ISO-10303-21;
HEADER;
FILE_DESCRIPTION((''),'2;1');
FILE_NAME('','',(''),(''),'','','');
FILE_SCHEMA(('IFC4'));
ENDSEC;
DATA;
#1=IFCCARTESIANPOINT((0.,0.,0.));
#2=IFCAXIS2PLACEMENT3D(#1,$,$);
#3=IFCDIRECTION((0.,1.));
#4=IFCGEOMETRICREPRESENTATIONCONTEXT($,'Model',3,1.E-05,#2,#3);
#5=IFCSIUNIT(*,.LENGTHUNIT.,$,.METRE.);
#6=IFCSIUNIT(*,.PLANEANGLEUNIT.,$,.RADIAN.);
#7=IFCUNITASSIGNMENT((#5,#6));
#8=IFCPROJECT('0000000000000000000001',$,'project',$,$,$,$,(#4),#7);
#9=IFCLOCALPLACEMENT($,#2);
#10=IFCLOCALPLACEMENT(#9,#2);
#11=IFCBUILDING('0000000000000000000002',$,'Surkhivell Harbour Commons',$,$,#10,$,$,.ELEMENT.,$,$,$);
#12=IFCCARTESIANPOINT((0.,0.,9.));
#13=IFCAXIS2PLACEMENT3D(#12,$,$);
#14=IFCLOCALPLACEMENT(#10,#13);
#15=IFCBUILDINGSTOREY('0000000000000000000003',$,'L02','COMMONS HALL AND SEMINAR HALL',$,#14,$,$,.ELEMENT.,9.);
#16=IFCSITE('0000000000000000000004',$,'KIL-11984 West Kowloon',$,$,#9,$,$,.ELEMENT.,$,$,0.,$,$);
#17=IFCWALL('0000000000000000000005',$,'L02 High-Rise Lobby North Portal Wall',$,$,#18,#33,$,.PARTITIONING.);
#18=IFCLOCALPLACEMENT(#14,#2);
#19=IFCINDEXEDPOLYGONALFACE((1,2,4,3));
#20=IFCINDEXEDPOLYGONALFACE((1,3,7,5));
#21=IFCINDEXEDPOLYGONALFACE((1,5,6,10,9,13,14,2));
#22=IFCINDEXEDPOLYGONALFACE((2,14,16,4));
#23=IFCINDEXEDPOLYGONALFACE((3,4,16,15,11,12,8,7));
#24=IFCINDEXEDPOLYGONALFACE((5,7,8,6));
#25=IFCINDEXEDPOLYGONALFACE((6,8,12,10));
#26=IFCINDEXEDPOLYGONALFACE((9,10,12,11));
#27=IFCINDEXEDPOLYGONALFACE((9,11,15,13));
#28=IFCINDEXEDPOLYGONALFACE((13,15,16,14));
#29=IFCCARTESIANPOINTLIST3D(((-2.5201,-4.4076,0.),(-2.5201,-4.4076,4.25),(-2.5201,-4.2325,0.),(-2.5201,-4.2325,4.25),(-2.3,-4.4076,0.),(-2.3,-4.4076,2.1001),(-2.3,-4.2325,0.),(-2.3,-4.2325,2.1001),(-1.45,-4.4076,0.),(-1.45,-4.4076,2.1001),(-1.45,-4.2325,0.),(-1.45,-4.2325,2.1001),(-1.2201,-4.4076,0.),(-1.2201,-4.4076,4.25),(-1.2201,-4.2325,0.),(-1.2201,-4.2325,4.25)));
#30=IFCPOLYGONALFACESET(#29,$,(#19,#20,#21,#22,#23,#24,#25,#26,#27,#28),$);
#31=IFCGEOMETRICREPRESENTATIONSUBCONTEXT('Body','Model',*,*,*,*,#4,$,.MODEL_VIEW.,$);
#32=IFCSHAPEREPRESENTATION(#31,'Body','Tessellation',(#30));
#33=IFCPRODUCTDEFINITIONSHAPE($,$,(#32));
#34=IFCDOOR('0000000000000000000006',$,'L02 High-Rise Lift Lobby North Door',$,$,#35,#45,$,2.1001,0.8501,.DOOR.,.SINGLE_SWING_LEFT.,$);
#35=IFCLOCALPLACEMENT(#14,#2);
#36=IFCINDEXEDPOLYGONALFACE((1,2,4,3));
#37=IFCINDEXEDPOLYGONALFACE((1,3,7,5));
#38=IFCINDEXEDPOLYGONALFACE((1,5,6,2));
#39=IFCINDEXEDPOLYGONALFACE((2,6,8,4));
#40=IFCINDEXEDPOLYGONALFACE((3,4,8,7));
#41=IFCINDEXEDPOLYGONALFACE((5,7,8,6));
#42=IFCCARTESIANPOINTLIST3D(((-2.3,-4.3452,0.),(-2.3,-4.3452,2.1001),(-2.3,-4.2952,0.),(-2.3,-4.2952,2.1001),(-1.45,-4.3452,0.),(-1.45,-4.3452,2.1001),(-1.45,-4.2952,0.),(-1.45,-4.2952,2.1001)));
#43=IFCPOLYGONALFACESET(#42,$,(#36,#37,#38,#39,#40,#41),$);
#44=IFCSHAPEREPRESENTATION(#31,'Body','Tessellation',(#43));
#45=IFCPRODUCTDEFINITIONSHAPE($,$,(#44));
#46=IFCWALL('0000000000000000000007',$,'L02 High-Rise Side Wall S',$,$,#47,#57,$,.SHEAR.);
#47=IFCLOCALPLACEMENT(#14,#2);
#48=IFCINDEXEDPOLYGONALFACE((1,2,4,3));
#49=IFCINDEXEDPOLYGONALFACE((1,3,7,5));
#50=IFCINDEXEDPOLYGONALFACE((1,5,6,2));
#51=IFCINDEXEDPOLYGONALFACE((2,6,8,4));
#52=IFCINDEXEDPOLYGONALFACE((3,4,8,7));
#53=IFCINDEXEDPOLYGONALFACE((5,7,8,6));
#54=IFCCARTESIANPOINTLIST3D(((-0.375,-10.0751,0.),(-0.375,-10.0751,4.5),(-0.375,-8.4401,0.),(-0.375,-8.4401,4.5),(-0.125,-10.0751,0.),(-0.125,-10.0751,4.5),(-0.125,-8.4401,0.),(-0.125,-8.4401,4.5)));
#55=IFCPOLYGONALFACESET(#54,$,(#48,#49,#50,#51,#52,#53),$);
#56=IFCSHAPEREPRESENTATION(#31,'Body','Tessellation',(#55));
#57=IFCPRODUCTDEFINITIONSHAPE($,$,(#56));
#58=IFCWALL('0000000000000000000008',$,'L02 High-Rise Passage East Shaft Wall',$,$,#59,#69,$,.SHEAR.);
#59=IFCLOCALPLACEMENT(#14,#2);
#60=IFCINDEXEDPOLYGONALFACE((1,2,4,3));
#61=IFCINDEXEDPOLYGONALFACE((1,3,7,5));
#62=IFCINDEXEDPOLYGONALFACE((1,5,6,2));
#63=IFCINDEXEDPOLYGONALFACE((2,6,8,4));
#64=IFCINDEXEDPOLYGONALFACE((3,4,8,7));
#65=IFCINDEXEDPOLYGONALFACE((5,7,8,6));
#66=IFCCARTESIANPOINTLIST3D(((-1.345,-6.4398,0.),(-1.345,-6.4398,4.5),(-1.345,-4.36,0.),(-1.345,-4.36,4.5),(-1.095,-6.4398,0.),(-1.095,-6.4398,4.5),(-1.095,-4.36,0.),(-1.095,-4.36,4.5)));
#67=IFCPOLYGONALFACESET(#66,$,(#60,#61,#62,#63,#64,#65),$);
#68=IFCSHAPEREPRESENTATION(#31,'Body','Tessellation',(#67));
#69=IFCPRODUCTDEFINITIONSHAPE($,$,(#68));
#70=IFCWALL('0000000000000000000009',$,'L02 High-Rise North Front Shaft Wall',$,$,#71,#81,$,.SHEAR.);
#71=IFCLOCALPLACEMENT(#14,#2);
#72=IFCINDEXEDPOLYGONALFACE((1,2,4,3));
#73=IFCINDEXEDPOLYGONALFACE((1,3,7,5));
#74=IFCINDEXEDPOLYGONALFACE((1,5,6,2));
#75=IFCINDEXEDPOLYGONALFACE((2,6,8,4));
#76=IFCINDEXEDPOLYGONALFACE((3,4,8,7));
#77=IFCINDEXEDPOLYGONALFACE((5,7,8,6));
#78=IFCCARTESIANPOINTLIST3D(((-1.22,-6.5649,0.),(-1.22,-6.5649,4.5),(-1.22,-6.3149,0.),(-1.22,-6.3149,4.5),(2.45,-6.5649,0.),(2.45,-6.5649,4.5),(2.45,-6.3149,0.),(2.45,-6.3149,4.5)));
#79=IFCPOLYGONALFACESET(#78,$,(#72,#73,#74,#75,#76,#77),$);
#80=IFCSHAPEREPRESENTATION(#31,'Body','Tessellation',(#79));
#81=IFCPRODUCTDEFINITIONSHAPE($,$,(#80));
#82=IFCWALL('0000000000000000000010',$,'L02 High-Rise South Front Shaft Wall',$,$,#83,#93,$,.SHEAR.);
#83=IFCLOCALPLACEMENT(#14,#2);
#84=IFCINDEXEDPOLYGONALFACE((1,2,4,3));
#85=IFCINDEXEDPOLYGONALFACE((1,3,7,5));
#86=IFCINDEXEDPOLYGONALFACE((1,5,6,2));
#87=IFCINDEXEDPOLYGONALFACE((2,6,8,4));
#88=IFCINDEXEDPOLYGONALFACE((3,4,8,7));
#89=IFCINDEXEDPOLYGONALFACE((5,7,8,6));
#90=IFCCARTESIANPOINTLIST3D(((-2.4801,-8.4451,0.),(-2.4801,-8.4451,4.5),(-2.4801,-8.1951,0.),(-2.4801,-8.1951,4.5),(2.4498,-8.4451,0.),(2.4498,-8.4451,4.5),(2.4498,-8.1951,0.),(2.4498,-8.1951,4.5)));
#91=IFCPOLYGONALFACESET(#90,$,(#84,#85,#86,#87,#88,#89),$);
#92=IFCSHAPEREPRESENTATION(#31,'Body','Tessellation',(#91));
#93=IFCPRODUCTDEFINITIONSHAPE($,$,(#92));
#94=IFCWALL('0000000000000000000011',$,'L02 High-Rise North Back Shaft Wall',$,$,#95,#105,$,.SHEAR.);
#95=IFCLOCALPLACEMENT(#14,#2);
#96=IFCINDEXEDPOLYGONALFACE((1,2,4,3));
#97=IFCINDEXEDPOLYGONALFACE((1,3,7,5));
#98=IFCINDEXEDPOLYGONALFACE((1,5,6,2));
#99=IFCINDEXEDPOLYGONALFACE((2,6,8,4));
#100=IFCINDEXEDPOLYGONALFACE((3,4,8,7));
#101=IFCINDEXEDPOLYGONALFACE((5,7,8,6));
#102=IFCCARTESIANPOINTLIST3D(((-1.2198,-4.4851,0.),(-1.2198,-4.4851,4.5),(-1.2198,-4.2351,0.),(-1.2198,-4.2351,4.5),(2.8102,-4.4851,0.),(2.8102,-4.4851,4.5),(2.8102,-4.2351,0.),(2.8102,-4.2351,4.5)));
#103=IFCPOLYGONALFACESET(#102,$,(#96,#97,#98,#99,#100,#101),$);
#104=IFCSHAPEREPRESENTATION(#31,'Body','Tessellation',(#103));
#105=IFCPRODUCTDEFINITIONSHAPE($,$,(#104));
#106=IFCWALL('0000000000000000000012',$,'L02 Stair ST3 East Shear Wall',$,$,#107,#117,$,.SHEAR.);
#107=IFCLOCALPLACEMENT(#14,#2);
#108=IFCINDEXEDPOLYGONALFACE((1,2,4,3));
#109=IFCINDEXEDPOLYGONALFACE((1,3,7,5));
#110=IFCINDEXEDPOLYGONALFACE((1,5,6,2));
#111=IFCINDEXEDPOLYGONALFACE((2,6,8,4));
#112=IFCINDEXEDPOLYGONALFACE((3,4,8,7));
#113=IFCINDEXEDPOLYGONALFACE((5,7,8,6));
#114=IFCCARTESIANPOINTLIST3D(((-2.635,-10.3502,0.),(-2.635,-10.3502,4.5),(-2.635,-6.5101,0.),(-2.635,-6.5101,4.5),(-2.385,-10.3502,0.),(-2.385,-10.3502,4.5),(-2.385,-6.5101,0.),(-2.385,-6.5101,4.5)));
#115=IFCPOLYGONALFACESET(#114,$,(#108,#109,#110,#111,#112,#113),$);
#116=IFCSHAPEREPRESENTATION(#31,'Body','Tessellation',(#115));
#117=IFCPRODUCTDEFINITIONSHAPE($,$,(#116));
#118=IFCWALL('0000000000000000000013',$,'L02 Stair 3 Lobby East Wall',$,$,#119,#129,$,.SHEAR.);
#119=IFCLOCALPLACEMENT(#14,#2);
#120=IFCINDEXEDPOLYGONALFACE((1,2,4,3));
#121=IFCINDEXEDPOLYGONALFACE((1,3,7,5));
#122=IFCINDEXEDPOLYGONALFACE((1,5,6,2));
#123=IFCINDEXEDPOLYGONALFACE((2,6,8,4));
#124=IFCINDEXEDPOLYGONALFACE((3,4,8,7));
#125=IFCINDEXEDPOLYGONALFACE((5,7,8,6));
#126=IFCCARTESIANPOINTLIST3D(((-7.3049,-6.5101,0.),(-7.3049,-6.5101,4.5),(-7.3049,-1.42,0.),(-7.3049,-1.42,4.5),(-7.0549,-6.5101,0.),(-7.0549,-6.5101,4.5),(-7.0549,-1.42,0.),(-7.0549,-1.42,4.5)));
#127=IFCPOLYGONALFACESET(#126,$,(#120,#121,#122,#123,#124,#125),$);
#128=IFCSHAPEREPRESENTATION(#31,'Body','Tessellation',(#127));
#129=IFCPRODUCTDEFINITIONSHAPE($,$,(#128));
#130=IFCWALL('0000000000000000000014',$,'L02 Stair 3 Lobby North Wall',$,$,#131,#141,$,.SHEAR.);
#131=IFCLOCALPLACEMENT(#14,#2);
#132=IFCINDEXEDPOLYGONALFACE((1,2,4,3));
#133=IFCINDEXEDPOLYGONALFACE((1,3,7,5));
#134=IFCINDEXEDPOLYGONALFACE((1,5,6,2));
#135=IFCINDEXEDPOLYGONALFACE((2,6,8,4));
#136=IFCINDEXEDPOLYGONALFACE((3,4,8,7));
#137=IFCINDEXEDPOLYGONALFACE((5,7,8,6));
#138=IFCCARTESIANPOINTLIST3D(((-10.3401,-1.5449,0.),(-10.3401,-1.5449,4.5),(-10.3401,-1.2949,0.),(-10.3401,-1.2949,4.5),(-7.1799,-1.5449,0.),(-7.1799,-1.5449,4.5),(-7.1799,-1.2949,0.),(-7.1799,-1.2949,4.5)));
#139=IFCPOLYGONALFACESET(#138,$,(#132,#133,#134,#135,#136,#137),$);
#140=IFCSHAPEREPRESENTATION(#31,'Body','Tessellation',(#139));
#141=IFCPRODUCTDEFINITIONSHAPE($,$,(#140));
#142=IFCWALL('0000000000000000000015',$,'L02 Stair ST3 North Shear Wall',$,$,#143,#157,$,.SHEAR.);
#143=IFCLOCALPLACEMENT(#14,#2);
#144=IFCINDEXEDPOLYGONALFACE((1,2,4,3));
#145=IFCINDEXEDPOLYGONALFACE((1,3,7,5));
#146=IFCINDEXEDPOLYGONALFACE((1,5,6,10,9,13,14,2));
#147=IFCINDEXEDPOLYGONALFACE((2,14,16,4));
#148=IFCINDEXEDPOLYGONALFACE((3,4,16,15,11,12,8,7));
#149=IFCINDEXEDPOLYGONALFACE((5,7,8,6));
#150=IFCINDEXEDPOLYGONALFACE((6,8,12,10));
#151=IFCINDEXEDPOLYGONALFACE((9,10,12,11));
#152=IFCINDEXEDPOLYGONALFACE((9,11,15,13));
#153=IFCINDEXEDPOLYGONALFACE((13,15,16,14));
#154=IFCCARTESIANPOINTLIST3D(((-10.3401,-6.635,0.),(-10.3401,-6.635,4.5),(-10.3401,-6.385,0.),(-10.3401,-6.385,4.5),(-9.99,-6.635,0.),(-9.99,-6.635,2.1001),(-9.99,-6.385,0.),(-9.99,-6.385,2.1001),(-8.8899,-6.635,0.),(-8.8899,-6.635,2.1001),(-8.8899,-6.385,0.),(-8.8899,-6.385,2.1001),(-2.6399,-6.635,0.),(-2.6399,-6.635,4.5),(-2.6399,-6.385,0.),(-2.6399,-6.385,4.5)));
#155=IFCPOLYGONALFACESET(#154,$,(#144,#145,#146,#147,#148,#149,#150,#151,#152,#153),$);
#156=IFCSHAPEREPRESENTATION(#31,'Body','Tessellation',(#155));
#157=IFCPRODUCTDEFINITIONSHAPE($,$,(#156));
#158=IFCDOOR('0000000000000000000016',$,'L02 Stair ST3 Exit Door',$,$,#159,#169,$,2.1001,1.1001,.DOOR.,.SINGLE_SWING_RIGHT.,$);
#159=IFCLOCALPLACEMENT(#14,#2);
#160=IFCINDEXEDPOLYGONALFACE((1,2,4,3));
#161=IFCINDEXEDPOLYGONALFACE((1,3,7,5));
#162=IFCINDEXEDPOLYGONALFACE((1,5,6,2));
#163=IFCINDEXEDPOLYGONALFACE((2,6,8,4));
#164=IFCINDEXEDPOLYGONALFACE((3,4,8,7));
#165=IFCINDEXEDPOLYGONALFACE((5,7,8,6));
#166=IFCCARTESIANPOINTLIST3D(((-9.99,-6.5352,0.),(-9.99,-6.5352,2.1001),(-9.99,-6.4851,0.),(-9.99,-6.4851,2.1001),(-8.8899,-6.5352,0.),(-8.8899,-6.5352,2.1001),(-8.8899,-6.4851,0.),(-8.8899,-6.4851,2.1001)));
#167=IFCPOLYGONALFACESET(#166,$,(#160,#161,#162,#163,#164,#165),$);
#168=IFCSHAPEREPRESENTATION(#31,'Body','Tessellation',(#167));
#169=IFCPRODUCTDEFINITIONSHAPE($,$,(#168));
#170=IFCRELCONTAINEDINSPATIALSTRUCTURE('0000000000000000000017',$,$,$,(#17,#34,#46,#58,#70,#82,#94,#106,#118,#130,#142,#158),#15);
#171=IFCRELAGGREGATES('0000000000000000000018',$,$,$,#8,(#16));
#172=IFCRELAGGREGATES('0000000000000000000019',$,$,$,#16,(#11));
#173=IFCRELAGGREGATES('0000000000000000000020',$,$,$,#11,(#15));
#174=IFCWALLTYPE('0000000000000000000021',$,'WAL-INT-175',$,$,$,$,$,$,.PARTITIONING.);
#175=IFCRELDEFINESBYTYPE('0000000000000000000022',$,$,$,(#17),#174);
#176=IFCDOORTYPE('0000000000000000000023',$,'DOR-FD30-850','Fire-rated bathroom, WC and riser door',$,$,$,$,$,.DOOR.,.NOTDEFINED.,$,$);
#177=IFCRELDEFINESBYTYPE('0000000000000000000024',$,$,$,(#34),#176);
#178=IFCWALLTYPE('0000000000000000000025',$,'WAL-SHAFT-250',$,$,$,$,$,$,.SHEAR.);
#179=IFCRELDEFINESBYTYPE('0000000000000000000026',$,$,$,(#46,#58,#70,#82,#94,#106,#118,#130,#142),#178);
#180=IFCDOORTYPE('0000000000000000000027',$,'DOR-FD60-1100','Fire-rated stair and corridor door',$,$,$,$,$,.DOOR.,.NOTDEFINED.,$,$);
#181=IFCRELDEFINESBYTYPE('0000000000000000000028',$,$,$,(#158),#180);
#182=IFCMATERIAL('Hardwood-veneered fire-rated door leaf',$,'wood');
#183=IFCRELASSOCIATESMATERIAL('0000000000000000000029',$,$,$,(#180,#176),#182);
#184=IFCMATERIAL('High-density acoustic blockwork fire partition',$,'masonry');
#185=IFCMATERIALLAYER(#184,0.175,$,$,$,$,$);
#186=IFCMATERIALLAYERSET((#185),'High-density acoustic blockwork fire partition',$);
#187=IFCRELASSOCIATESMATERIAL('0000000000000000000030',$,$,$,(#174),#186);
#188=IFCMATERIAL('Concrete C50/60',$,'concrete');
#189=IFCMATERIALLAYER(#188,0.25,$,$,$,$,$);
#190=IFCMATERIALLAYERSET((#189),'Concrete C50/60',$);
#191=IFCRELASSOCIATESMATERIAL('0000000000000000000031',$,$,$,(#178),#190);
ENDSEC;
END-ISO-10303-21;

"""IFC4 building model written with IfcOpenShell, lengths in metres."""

from ifc_helpers import new_model, si_unit, direction, frame, frame_2d, origin, place, context, subcontext, project, spatial, rectangle, extrude, material, layer, layer_set, type_object, element, fill, save


model = new_model("IFC4")

# Units and contexts
model_context = context("Model", 3, precision=1e-05, world=origin(), true_north=direction((0.0, 1.0)))
body_context = subcontext(model_context, "Body", "Model", "MODEL_VIEW")
ifc_project = project(units=[si_unit("LENGTHUNIT", "METRE"), si_unit("PLANEANGLEUNIT", "RADIAN")], contexts=[model_context])

# Site, building, storey
site_placement = place(None, origin())
site = spatial("IfcSite", under=ifc_project, at=site_placement, Name="KIL-11984 West Kowloon", CompositionType="ELEMENT", RefElevation=0.0)
building_placement = place(site_placement, origin())
building = spatial("IfcBuilding", under=site, at=building_placement, Name="Surkhivell Harbour Commons", CompositionType="ELEMENT")
storey_placement = place(building_placement, frame((0.0, 0.0, 9.0)))
storey = spatial("IfcBuildingStorey", under=building, at=storey_placement, Name="L02", Description="COMMONS HALL AND SEMINAR HALL", CompositionType="ELEMENT", Elevation=9.0)

# Shared definitions
ifc_material_1 = material(Name="Hardwood-veneered fire-rated door leaf", Category="wood")
door_type_1 = type_object("IfcDoorType", Name="DOR-FD60-1100", Description="Fire-rated stair and corridor door", OperationType="NOTDEFINED", PredefinedType="DOOR", material=ifc_material_1)
door_type_2 = type_object("IfcDoorType", Name="DOR-FD30-850", Description="Fire-rated bathroom, WC and riser door", OperationType="NOTDEFINED", PredefinedType="DOOR", material=ifc_material_1)
ifc_material_2 = material(Name="High-density acoustic blockwork fire partition", Category="masonry")
ifc_layer_1 = layer(ifc_material_2, 0.175)
ifc_layer_set_1 = layer_set([ifc_layer_1], Name="High-density acoustic blockwork fire partition")
wall_type_1 = type_object("IfcWallType", Name="WAL-INT-175", PredefinedType="PARTITIONING", material=ifc_layer_set_1)

# Wall, opening, door
wall_1_placement = place(storey_placement, frame((-2.52, -4.3201, 0.0), z_axis=(0.0, 0.0, 1.0), x_axis=(1.0, 0.0, 0.0)))
wall_1 = element("IfcWall", 1, at=wall_1_placement, inside=storey, type_object=wall_type_1, Name="L02 High-Rise Lobby North Portal Wall", PredefinedType="PARTITIONING", context=body_context, shape_type="SweptSolid", body=[
    extrude(rectangle(XDim=1.3, YDim=0.175, at=frame_2d((0.6499, 0.0))), origin(), (0.0, 0.0, 1.0), 4.25),
])
opening_1_placement = place(wall_1_placement, frame((0.22, 0.0, 0.0)))
opening_1 = element("IfcOpeningElement", 2, at=opening_1_placement, cuts=wall_1, PredefinedType="OPENING", context=body_context, shape_type="SweptSolid", body=[
    extrude(rectangle(XDim=0.8501, YDim=2.1001, at=frame_2d((0.425, 1.05))), frame((0.0, 0.0974, 0.0), z_axis=(0.0, -1.0, 0.0), x_axis=(1.0, 0.0, 0.0)), (0.0, 0.0, 1.0), 0.1951),
])
door_1_placement = place(opening_1_placement, origin())
door_1 = element("IfcDoor", 3, at=door_1_placement, inside=storey, type_object=door_type_2, Name="L02 High-Rise Lift Lobby North Door", OperationType="SINGLE_SWING_LEFT", OverallHeight=2.1001, OverallWidth=0.8501, PredefinedType="DOOR", context=body_context, shape_type="SweptSolid", body=[
    extrude(rectangle(XDim=0.8501, YDim=2.1001, at=frame_2d((0.425, 1.05))), frame((0.0, 0.0249, 0.0), z_axis=(0.0, -1.0, 0.0), x_axis=(1.0, 0.0, 0.0)), (0.0, 0.0, 1.0), 0.05),
])
fill(opening_1, door_1)

# Walls
ifc_material_3 = material(Name="Concrete C50/60", Category="concrete")
ifc_layer_2 = layer(ifc_material_3, 0.25)
ifc_layer_set_2 = layer_set([ifc_layer_2], Name="Concrete C50/60")
wall_type_2 = type_object("IfcWallType", Name="WAL-SHAFT-250", PredefinedType="SHEAR", material=ifc_layer_set_2)
wall_2_placement = place(storey_placement, frame((-0.25, -10.075, 0.0), z_axis=(0.0, 0.0, 1.0), x_axis=(0.0, 1.0, 0.0)))
element("IfcWall", 4, at=wall_2_placement, inside=storey, type_object=wall_type_2, Name="L02 High-Rise Side Wall S", PredefinedType="SHEAR", context=body_context, shape_type="SweptSolid", body=[
    extrude(rectangle(XDim=1.635, YDim=0.25, at=frame_2d((0.8174, 0.0))), origin(), (0.0, 0.0, 1.0), 4.5),
])
wall_3_placement = place(storey_placement, frame((-1.22, -6.4399, 0.0), z_axis=(0.0, 0.0, 1.0), x_axis=(0.0, 1.0, 0.0)))
element("IfcWall", 5, at=wall_3_placement, inside=storey, type_object=wall_type_2, Name="L02 High-Rise Passage East Shaft Wall", PredefinedType="SHEAR", context=body_context, shape_type="SweptSolid", body=[
    extrude(rectangle(XDim=2.0798, YDim=0.25, at=frame_2d((1.04, 0.0))), origin(), (0.0, 0.0, 1.0), 4.5),
])
wall_4_placement = place(storey_placement, frame((-1.22, -6.4399, 0.0), z_axis=(0.0, 0.0, 1.0), x_axis=(1.0, 0.0, 0.0)))
element("IfcWall", 6, at=wall_4_placement, inside=storey, type_object=wall_type_2, Name="L02 High-Rise North Front Shaft Wall", PredefinedType="SHEAR", context=body_context, shape_type="SweptSolid", body=[
    extrude(rectangle(XDim=3.6699, YDim=0.25, at=frame_2d((1.835, 0.0))), origin(), (0.0, 0.0, 1.0), 4.5),
])
wall_5_placement = place(storey_placement, frame((-2.48, -8.3201, 0.0), z_axis=(0.0, 0.0, 1.0), x_axis=(1.0, 0.0, 0.0)))
element("IfcWall", 7, at=wall_5_placement, inside=storey, type_object=wall_type_2, Name="L02 High-Rise South Front Shaft Wall", PredefinedType="SHEAR", context=body_context, shape_type="SweptSolid", body=[
    extrude(rectangle(XDim=4.9299, YDim=0.25, at=frame_2d((2.4648, 0.0))), origin(), (0.0, 0.0, 1.0), 4.5),
])
wall_6_placement = place(storey_placement, frame((-1.22, -4.3601, 0.0), z_axis=(0.0, 0.0, 1.0), x_axis=(1.0, 0.0, 0.0)))
element("IfcWall", 8, at=wall_6_placement, inside=storey, type_object=wall_type_2, Name="L02 High-Rise North Back Shaft Wall", PredefinedType="SHEAR", context=body_context, shape_type="SweptSolid", body=[
    extrude(rectangle(XDim=4.03, YDim=0.25, at=frame_2d((2.0151, 0.0))), origin(), (0.0, 0.0, 1.0), 4.5),
])
wall_7_placement = place(storey_placement, frame((-2.51, -10.3501, 0.0), z_axis=(0.0, 0.0, 1.0), x_axis=(0.0, 1.0, 0.0)))
element("IfcWall", 9, at=wall_7_placement, inside=storey, type_object=wall_type_2, Name="L02 Stair ST3 East Shear Wall", PredefinedType="SHEAR", context=body_context, shape_type="SweptSolid", body=[
    extrude(rectangle(XDim=3.8401, YDim=0.25, at=frame_2d((1.9199, 0.0))), origin(), (0.0, 0.0, 1.0), 4.5),
])
wall_8_placement = place(storey_placement, frame((-7.1799, -6.51, 0.0), z_axis=(0.0, 0.0, 1.0), x_axis=(0.0, 1.0, 0.0)))
element("IfcWall", 10, at=wall_8_placement, inside=storey, type_object=wall_type_2, Name="L02 Stair 3 Lobby East Wall", PredefinedType="SHEAR", context=body_context, shape_type="SweptSolid", body=[
    extrude(rectangle(XDim=5.0901, YDim=0.25, at=frame_2d((2.5449, 0.0))), origin(), (0.0, 0.0, 1.0), 4.5),
])
wall_9_placement = place(storey_placement, frame((-10.3401, -1.4199, 0.0), z_axis=(0.0, 0.0, 1.0), x_axis=(1.0, 0.0, 0.0)))
element("IfcWall", 11, at=wall_9_placement, inside=storey, type_object=wall_type_2, Name="L02 Stair 3 Lobby North Wall", PredefinedType="SHEAR", context=body_context, shape_type="SweptSolid", body=[
    extrude(rectangle(XDim=3.1602, YDim=0.25, at=frame_2d((1.5801, 0.0))), origin(), (0.0, 0.0, 1.0), 4.5),
])

# Wall, opening, door
wall_10_placement = place(storey_placement, frame((-10.3401, -6.51, 0.0), z_axis=(0.0, 0.0, 1.0), x_axis=(1.0, 0.0, 0.0)))
wall_10 = element("IfcWall", 12, at=wall_10_placement, inside=storey, type_object=wall_type_2, Name="L02 Stair ST3 North Shear Wall", PredefinedType="SHEAR", context=body_context, shape_type="SweptSolid", body=[
    extrude(rectangle(XDim=7.7002, YDim=0.25, at=frame_2d((3.8501, 0.0))), origin(), (0.0, 0.0, 1.0), 4.5),
])
opening_2_placement = place(wall_10_placement, frame((0.3501, 0.0, 0.0)))
opening_2 = element("IfcOpeningElement", 13, at=opening_2_placement, cuts=wall_10, PredefinedType="OPENING", context=body_context, shape_type="SweptSolid", body=[
    extrude(rectangle(XDim=1.1001, YDim=2.1001, at=frame_2d((0.55, 1.05))), frame((0.0, 0.135, 0.0), z_axis=(0.0, -1.0, 0.0), x_axis=(1.0, 0.0, 0.0)), (0.0, 0.0, 1.0), 0.27),
])
door_2_placement = place(opening_2_placement, origin())
door_2 = element("IfcDoor", 14, at=door_2_placement, inside=storey, type_object=door_type_1, Name="L02 Stair ST3 Exit Door", OperationType="SINGLE_SWING_RIGHT", OverallHeight=2.1001, OverallWidth=1.1001, PredefinedType="DOOR", context=body_context, shape_type="SweptSolid", body=[
    extrude(rectangle(XDim=1.1001, YDim=2.1001, at=frame_2d((0.55, 1.05))), frame((0.0, 0.0249, 0.0), z_axis=(0.0, -1.0, 0.0), x_axis=(1.0, 0.0, 0.0)), (0.0, 0.0, 1.0), 0.05),
])
fill(opening_2, door_2)

save(model, "model.ifc")
